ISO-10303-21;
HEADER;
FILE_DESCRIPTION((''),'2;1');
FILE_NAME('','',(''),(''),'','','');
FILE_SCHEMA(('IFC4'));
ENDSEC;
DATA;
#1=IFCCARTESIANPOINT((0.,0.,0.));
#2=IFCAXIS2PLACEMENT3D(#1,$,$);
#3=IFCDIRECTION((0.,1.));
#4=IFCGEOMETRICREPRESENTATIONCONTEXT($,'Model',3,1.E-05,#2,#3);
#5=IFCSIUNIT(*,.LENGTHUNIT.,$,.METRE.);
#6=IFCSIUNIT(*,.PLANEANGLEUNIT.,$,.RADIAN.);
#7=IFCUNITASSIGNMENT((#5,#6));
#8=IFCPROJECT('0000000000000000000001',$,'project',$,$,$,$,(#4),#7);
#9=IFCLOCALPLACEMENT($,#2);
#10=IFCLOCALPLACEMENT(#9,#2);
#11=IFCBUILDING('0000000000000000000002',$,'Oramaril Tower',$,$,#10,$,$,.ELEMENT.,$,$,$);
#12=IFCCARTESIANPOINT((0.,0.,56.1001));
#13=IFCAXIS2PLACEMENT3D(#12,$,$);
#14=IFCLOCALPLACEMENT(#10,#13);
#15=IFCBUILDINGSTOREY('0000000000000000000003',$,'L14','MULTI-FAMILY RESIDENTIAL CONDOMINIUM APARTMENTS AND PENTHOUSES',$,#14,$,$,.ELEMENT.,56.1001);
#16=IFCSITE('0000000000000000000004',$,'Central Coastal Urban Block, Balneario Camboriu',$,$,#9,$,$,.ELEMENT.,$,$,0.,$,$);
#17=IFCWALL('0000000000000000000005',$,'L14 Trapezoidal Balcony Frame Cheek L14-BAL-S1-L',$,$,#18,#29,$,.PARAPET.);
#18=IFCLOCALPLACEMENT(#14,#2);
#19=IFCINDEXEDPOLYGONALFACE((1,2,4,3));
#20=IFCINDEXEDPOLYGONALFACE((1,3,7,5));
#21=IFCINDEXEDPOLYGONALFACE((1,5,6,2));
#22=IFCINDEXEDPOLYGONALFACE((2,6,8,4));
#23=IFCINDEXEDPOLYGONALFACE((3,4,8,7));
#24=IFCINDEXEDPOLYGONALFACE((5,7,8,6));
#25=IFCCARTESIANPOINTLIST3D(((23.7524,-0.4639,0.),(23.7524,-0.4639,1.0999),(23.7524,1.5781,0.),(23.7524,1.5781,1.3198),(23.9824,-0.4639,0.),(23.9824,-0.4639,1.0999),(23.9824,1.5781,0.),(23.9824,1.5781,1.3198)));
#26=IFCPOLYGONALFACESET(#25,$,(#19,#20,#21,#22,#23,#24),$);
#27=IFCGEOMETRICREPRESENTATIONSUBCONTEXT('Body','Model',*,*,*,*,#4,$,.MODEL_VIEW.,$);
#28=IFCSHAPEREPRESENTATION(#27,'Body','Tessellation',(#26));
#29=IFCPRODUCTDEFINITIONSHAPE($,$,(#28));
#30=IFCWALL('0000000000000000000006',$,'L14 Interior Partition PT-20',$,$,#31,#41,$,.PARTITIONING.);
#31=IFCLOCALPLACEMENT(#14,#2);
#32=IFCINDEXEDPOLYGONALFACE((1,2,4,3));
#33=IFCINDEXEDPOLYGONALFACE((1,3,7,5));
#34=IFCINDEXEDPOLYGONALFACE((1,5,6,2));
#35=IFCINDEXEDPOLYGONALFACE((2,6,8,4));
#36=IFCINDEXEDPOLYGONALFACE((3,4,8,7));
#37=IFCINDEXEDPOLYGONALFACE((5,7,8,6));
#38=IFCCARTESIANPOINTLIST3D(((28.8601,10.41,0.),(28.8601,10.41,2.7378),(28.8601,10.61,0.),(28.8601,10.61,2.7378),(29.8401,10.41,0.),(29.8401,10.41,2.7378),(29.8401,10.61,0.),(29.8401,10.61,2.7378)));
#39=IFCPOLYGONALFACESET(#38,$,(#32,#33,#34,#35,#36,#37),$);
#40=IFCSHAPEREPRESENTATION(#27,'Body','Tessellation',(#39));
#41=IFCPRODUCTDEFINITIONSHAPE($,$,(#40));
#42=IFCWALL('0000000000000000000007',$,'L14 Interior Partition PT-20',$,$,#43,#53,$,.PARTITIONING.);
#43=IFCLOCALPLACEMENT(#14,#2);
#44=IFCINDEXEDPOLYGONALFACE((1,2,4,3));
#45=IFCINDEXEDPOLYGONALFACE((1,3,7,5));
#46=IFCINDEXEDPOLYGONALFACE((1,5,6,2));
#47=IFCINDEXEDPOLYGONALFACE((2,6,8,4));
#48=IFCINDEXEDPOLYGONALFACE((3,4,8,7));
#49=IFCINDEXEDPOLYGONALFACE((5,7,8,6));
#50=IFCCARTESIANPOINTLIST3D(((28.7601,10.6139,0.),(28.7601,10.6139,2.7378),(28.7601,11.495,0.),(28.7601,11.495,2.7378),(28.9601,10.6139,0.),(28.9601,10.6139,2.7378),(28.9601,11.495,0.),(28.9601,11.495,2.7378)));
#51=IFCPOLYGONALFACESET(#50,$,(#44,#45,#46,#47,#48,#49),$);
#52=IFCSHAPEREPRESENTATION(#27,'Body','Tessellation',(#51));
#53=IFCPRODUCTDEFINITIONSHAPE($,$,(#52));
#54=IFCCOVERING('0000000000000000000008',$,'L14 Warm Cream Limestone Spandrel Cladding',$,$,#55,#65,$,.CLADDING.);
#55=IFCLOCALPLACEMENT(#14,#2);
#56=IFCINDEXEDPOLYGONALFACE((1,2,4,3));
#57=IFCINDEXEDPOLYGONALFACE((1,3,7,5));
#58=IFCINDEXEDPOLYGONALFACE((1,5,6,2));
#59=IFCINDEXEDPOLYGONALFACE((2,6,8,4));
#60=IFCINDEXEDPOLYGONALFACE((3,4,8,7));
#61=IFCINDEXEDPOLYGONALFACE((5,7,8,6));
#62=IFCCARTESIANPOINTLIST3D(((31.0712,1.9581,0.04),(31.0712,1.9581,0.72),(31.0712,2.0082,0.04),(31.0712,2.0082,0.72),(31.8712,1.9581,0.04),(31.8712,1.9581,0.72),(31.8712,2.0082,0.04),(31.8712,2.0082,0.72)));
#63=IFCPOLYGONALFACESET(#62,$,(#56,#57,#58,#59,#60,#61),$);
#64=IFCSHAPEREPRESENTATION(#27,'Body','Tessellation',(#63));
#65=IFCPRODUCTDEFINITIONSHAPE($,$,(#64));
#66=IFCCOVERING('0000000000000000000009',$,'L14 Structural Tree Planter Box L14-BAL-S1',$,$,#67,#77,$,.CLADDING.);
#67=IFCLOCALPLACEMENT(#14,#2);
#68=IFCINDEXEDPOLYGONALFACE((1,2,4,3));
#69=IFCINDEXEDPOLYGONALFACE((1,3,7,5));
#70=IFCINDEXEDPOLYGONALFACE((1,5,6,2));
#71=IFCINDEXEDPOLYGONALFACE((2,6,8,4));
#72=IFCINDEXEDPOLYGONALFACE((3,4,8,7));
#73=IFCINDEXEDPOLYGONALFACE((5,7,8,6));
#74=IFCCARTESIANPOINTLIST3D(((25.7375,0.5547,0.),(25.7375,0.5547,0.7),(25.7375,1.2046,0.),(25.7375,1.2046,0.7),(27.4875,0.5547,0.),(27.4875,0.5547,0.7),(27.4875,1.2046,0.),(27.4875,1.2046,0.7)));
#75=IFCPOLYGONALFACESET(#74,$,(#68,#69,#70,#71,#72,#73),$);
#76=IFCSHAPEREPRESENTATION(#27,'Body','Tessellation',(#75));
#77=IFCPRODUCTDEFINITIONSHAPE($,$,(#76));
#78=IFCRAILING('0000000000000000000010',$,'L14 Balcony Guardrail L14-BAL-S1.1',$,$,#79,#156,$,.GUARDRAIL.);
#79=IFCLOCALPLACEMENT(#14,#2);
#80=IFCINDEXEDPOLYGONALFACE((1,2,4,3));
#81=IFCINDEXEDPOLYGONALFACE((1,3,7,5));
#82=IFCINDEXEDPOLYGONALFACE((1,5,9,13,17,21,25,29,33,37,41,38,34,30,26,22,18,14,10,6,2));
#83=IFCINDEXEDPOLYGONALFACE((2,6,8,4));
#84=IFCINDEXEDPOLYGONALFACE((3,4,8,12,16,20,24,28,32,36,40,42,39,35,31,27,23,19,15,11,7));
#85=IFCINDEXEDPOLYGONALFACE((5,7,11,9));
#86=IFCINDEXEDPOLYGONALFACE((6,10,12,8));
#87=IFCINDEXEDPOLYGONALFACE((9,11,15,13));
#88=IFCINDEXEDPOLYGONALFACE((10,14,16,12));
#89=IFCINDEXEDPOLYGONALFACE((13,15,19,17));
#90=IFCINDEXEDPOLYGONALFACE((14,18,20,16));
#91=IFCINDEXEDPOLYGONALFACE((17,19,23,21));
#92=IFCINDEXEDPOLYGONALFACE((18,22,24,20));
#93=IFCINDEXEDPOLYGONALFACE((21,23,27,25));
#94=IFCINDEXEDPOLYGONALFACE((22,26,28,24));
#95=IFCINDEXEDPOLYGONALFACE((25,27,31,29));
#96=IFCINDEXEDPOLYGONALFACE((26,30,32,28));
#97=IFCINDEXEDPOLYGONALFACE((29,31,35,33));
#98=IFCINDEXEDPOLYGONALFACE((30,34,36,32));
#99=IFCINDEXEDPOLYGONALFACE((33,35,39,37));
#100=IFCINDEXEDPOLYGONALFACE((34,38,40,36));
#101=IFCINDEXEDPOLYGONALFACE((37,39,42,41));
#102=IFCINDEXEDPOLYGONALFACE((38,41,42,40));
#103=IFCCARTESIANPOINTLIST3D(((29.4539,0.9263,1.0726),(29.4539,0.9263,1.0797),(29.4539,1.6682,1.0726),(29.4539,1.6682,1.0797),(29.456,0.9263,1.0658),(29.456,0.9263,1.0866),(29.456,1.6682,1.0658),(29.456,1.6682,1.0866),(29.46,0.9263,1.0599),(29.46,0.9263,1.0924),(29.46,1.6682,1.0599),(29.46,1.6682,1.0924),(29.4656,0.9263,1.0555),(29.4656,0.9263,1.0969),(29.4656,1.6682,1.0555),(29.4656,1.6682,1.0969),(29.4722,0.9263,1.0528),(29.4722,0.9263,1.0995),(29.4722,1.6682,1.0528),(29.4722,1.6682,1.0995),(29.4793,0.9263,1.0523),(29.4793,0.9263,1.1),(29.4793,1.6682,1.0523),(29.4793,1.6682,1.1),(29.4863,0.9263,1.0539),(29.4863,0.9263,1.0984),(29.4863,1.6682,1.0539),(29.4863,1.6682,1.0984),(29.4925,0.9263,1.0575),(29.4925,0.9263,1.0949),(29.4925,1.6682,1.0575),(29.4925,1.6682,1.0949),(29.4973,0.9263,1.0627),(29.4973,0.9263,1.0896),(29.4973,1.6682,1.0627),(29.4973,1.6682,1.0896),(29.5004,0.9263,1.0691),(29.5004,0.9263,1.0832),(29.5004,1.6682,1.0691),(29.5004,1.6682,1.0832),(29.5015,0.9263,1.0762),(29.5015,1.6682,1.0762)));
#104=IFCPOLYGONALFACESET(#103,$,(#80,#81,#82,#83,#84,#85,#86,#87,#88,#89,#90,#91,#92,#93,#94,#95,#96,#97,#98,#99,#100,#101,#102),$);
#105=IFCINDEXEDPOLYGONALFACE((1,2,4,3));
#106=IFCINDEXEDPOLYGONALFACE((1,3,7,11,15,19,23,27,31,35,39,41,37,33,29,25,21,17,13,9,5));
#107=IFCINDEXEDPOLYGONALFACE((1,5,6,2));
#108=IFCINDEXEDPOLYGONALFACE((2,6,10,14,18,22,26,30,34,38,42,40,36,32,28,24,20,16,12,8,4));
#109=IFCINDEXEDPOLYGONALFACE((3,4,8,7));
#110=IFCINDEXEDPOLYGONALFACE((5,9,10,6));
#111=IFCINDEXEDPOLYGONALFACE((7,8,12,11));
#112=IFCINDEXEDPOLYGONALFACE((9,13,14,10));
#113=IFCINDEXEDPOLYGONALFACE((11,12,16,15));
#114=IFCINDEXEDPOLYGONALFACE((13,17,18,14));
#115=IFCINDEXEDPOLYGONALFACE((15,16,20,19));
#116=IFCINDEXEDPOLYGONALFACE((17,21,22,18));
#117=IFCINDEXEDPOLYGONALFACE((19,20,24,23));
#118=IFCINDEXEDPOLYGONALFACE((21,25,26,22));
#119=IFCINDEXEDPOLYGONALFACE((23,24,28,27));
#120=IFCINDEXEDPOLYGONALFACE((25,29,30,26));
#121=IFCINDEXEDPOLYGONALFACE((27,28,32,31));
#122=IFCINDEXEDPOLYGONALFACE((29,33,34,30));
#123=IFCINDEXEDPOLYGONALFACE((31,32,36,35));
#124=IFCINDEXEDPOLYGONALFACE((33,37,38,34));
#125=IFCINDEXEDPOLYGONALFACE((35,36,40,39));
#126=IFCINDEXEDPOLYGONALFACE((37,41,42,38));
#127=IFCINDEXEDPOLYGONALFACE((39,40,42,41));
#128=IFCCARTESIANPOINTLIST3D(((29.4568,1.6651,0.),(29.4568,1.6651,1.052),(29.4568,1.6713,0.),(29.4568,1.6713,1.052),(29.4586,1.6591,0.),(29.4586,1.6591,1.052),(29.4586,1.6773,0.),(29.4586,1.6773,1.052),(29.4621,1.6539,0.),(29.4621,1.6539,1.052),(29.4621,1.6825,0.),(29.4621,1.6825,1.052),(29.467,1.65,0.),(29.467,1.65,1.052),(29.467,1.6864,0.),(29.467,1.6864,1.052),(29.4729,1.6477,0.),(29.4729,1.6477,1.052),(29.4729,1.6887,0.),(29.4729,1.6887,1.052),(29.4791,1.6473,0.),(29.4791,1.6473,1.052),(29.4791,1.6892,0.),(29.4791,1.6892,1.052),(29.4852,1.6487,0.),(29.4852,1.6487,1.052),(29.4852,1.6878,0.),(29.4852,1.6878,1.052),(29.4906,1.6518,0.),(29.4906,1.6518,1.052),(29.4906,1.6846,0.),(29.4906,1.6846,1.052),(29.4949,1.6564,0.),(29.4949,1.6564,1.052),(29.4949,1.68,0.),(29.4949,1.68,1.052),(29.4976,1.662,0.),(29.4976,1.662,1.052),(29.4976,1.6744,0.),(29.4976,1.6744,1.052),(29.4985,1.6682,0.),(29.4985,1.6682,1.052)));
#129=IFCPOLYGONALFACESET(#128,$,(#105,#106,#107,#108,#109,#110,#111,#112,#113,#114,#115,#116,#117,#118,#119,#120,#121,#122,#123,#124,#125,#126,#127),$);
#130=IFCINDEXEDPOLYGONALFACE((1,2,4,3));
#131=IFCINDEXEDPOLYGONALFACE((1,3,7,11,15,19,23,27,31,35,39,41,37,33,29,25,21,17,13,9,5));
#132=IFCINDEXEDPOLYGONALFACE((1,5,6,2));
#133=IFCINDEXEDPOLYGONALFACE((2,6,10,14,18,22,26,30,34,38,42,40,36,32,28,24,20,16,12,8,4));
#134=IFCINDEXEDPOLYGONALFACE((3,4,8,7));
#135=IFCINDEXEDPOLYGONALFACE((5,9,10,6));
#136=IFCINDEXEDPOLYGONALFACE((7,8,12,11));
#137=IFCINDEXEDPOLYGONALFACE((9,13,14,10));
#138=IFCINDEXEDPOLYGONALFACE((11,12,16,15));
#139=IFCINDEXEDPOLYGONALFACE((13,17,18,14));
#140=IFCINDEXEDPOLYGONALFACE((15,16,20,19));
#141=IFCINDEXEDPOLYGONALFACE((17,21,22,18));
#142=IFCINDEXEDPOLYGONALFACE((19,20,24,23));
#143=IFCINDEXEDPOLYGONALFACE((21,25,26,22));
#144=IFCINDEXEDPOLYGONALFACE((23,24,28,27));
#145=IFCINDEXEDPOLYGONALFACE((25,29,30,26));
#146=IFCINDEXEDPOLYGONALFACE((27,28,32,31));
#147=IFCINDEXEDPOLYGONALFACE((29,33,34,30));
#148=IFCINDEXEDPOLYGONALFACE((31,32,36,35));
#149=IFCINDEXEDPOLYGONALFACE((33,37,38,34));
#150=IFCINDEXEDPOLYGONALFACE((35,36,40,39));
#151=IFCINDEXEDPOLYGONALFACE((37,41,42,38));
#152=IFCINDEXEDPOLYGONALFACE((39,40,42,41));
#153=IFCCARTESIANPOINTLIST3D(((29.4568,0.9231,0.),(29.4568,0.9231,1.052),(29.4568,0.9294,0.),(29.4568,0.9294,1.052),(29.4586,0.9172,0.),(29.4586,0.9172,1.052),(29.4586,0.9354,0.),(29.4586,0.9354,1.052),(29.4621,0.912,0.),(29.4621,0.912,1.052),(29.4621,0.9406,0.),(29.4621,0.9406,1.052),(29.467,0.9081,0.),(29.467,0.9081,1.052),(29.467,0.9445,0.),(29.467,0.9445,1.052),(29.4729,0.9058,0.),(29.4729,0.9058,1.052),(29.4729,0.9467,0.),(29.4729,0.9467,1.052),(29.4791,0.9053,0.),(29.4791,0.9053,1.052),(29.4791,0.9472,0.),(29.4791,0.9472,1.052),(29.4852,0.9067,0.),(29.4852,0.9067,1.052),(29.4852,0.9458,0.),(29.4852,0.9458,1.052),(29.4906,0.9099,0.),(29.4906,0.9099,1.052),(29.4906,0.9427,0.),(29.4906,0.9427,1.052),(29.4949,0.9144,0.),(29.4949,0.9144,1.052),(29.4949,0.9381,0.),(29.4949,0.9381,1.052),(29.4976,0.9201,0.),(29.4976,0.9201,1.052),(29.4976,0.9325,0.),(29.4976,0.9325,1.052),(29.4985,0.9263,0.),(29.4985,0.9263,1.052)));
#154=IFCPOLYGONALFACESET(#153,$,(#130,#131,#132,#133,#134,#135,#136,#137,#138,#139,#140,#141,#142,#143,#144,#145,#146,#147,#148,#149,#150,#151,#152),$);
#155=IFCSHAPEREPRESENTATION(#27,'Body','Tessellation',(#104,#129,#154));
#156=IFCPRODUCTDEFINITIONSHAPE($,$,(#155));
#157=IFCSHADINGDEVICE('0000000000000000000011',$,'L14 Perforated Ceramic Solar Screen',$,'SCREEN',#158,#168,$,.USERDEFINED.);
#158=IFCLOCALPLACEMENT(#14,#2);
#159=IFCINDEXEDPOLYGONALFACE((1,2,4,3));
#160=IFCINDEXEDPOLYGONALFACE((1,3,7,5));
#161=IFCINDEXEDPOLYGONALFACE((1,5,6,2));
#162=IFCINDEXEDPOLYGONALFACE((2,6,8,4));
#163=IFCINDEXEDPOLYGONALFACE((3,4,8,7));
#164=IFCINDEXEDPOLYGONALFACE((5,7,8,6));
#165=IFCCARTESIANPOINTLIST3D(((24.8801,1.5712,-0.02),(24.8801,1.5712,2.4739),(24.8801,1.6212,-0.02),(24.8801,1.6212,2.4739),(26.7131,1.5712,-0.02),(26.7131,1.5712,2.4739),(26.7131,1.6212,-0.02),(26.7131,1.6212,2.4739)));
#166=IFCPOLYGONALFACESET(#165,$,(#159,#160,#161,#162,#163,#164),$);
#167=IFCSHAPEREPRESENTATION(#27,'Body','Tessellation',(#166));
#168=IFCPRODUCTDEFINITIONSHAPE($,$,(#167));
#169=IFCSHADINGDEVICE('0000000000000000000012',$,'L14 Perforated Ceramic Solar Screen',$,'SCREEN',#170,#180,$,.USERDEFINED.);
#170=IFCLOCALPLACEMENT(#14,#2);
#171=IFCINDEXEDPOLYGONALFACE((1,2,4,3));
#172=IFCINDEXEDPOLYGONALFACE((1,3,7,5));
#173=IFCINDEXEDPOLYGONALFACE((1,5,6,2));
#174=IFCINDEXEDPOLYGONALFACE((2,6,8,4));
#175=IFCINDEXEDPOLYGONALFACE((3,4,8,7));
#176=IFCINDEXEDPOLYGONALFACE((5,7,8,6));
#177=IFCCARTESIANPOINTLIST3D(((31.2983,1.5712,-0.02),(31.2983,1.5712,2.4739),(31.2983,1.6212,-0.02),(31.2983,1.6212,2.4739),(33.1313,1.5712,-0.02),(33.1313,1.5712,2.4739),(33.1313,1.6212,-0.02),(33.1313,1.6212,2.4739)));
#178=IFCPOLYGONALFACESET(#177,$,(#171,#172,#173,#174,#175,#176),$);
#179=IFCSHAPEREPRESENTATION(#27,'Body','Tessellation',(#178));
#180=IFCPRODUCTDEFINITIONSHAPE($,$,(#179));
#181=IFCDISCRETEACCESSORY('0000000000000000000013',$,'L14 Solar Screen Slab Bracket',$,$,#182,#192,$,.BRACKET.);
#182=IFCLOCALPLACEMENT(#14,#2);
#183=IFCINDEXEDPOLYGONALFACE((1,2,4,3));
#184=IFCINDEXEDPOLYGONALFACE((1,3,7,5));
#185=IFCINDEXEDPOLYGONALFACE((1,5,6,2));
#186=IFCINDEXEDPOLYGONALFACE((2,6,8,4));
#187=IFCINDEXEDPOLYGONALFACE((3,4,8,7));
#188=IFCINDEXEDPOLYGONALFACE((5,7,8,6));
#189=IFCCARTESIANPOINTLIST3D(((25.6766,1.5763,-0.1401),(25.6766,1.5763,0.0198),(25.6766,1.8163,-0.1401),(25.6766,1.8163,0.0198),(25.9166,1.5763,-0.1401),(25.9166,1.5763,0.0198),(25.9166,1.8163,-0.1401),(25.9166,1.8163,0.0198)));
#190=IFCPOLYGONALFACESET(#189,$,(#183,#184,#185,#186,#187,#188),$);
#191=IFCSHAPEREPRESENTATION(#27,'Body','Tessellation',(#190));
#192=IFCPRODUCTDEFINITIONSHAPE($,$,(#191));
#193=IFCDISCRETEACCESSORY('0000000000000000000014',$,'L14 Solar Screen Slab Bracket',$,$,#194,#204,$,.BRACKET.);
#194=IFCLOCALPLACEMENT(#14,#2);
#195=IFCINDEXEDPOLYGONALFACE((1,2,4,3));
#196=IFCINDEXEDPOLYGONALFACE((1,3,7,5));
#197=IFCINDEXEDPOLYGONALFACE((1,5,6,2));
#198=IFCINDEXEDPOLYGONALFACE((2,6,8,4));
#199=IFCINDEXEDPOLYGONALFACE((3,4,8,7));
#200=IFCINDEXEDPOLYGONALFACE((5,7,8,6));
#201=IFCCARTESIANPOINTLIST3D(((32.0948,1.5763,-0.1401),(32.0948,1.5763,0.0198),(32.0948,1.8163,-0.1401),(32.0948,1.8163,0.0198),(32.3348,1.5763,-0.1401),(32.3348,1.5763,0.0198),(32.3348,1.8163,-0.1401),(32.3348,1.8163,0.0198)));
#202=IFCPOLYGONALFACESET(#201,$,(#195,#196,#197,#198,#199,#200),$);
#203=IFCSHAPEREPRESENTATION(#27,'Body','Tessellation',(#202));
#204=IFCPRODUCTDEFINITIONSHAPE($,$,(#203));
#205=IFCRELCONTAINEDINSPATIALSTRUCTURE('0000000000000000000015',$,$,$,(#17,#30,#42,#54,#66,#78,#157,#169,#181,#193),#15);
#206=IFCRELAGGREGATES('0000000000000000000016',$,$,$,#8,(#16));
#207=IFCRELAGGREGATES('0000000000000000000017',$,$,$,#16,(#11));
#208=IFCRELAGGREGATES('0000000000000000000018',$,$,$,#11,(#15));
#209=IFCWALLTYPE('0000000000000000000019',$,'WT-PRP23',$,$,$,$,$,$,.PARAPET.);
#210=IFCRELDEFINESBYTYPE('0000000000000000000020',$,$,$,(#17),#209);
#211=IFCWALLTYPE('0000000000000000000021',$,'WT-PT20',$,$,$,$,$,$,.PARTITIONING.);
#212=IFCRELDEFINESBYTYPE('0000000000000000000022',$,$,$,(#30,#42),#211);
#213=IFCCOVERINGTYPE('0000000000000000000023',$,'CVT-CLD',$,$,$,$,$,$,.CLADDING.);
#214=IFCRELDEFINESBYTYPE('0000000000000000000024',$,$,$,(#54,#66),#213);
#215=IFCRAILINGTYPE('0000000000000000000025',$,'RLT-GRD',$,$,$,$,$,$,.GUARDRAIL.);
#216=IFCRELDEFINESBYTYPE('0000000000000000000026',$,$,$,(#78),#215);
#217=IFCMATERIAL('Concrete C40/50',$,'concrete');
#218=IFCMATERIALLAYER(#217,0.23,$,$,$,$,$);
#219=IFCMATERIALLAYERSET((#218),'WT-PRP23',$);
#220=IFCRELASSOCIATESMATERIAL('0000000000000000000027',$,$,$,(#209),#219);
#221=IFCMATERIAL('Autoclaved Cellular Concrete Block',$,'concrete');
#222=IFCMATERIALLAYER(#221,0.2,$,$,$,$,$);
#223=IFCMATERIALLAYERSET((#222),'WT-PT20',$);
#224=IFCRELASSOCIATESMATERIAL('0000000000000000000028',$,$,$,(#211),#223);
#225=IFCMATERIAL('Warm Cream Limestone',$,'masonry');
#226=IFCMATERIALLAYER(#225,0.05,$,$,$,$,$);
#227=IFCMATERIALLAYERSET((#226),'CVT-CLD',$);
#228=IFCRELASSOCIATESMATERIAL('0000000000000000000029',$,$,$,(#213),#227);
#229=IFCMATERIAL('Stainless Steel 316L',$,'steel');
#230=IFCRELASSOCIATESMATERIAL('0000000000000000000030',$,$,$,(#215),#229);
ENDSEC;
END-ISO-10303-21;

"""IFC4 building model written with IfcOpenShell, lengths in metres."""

from ifc_helpers import new_model, si_unit, direction, frame, frame_2d, origin, origin_2d, place, context, subcontext, project, spatial, polyline, rectangle, circle, outline, extrude, material, layer, layer_set, type_object, element, save


model = new_model("IFC4")

# Units and contexts
model_context = context("Model", 3, precision=1e-05, world=origin(), true_north=direction((0.0, 1.0)))
body_context = subcontext(model_context, "Body", "Model", "MODEL_VIEW")
ifc_project = project(units=[si_unit("LENGTHUNIT", "METRE"), si_unit("PLANEANGLEUNIT", "RADIAN")], contexts=[model_context])

# Site, building, storey
site_placement = place(None, origin())
site = spatial("IfcSite", under=ifc_project, at=site_placement, Name="Central Coastal Urban Block, Balneario Camboriu", CompositionType="ELEMENT", RefElevation=0.0)
building_placement = place(site_placement, origin())
building = spatial("IfcBuilding", under=site, at=building_placement, Name="Oramaril Tower", CompositionType="ELEMENT")
storey_placement = place(building_placement, frame((0.0, 0.0, 56.1001)))
storey = spatial("IfcBuildingStorey", under=building, at=storey_placement, Name="L14", Description="MULTI-FAMILY RESIDENTIAL CONDOMINIUM APARTMENTS AND PENTHOUSES", CompositionType="ELEMENT", Elevation=56.1001)

# Walls
ifc_material_1 = material(Name="Concrete C40/50", Category="concrete")
ifc_layer_1 = layer(ifc_material_1, 0.23)
ifc_layer_set_1 = layer_set([ifc_layer_1], Name="WT-PRP23")
wall_type_1 = type_object("IfcWallType", Name="WT-PRP23", PredefinedType="PARAPET", material=ifc_layer_set_1)
wall_1_placement = place(storey_placement, frame((23.8674, 1.5781, 0.0), z_axis=(0.0, 0.0, 1.0), x_axis=(0.0, -1.0, 0.0)))
element("IfcWall", 1, at=wall_1_placement, inside=storey, type_object=wall_type_1, Name="L14 Trapezoidal Balcony Frame Cheek L14-BAL-S1-L", PredefinedType="PARAPET", context=body_context, shape_type="SweptSolid", body=[
    extrude(outline(polyline([(0.0, 0.0), (2.042, 0.0), (2.042, 1.0999), (0.0, 1.3198), (0.0, 0.0)])), frame((0.0, 0.115, 0.0), z_axis=(0.0, -1.0, 0.0), x_axis=(1.0, 0.0, 0.0)), (0.0, 0.0, 1.0), 0.23),
])
ifc_material_2 = material(Name="Autoclaved Cellular Concrete Block", Category="concrete")
ifc_layer_2 = layer(ifc_material_2, 0.2)
ifc_layer_set_2 = layer_set([ifc_layer_2], Name="WT-PT20")
wall_type_2 = type_object("IfcWallType", Name="WT-PT20", PredefinedType="PARTITIONING", material=ifc_layer_set_2)
wall_2_placement = place(storey_placement, frame((28.8601, 10.51, 0.0), z_axis=(0.0, 0.0, 1.0), x_axis=(1.0, 0.0, 0.0)))
element("IfcWall", 2, at=wall_2_placement, inside=storey, type_object=wall_type_2, Name="L14 Interior Partition PT-20", PredefinedType="PARTITIONING", context=body_context, shape_type="SweptSolid", body=[
    extrude(rectangle(XDim=0.98, YDim=0.2, at=frame_2d((0.49, 0.0))), origin(), (0.0, 0.0, 1.0), 2.7378),
])
wall_3_placement = place(storey_placement, frame((28.8601, 10.614, 0.0), z_axis=(0.0, 0.0, 1.0), x_axis=(0.0, 1.0, 0.0)))
element("IfcWall", 3, at=wall_3_placement, inside=storey, type_object=wall_type_2, Name="L14 Interior Partition PT-20", PredefinedType="PARTITIONING", context=body_context, shape_type="SweptSolid", body=[
    extrude(rectangle(XDim=0.8811, YDim=0.2, at=frame_2d((0.4404, 0.0))), origin(), (0.0, 0.0, 1.0), 2.7378),
])

# Coverings
ifc_material_3 = material(Name="Warm Cream Limestone", Category="masonry")
ifc_layer_3 = layer(ifc_material_3, 0.05)
ifc_layer_set_3 = layer_set([ifc_layer_3], Name="CVT-CLD")
covering_type = type_object("IfcCoveringType", Name="CVT-CLD", PredefinedType="CLADDING", material=ifc_layer_set_3)
covering_1_placement = place(storey_placement, frame((31.4712, 1.9832, 0.04), z_axis=(0.0, 0.0, 1.0), x_axis=(1.0, 0.0, 0.0)))
element("IfcCovering", 4, at=covering_1_placement, inside=storey, type_object=covering_type, Name="L14 Warm Cream Limestone Spandrel Cladding", PredefinedType="CLADDING", context=body_context, shape_type="SweptSolid", body=[
    extrude(rectangle(XDim=0.8, YDim=0.05, at=origin_2d()), origin(), (0.0, 0.0, 1.0), 0.6799),
])
covering_2_placement = place(storey_placement, frame((26.6125, 0.8796, 0.0), z_axis=(0.0, 0.0, 1.0), x_axis=(1.0, 0.0, 0.0)))
element("IfcCovering", 5, at=covering_2_placement, inside=storey, type_object=covering_type, Name="L14 Structural Tree Planter Box L14-BAL-S1", PredefinedType="CLADDING", context=body_context, shape_type="SweptSolid", body=[
    extrude(rectangle(XDim=1.75, YDim=0.6499, at=origin_2d()), origin(), (0.0, 0.0, 1.0), 0.7),
])

# Railing
ifc_material_4 = material(Name="Stainless Steel 316L", Category="steel")
railing_type = type_object("IfcRailingType", Name="RLT-GRD", PredefinedType="GUARDRAIL", material=ifc_material_4)
railing_1_placement = place(storey_placement, frame((29.4775, 1.6682, 0.0)))
element("IfcRailing", 6, at=railing_1_placement, inside=storey, type_object=railing_type, Name="L14 Balcony Guardrail L14-BAL-S1.1", PredefinedType="GUARDRAIL", context=body_context, shape_type="SweptSolid", body=[
    extrude(circle(Radius=0.0239, at=origin_2d()), frame((0.0, 0.0, 1.0762), z_axis=(0.0, -1.0, 0.0), x_axis=(1.0, 0.0, 0.0)), (0.0, 0.0, 1.0), 0.7419),
    extrude(circle(Radius=0.021, at=origin_2d()), origin(), (0.0, 0.0, 1.0), 1.052),
    extrude(circle(Radius=0.021, at=origin_2d()), frame((0.0, -0.7419, 0.0)), (0.0, 0.0, 1.0), 1.052),
])

# Shading devices
for number, where, z_axis, x_axis, name in (
    (7, (25.7966, 1.5962, -0.02), (0.0, 0.0, 1.0), (1.0, 0.0, 0.0), "L14 Perforated Ceramic Solar Screen"),
    (8, (32.2148, 1.5962, -0.02), (0.0, 0.0, 1.0), (1.0, 0.0, 0.0), "L14 Perforated Ceramic Solar Screen"),
):
    element("IfcShadingDevice", number, at=place(storey_placement, frame(where, z_axis=z_axis, x_axis=x_axis)), inside=storey, Name=name, ObjectType="SCREEN", PredefinedType="USERDEFINED", context=body_context, shape_type="SweptSolid", body=[
        extrude(rectangle(XDim=1.833, YDim=0.05, at=origin_2d()), origin(), (0.0, 0.0, 1.0), 2.4939),
    ])

# Discrete accessories
for number, where, z_axis, x_axis, name in (
    (9, (25.7966, 1.6963, -0.1401), (0.0, 0.0, 1.0), (1.0, 0.0, 0.0), "L14 Solar Screen Slab Bracket"),
    (10, (32.2148, 1.6963, -0.1401), (0.0, 0.0, 1.0), (1.0, 0.0, 0.0), "L14 Solar Screen Slab Bracket"),
):
    element("IfcDiscreteAccessory", number, at=place(storey_placement, frame(where, z_axis=z_axis, x_axis=x_axis)), inside=storey, Name=name, PredefinedType="BRACKET", context=body_context, shape_type="SweptSolid", body=[
        extrude(rectangle(XDim=0.24, YDim=0.24, at=origin_2d()), origin(), (0.0, 0.0, 1.0), 0.1599),
    ])

save(model, "model.ifc")
